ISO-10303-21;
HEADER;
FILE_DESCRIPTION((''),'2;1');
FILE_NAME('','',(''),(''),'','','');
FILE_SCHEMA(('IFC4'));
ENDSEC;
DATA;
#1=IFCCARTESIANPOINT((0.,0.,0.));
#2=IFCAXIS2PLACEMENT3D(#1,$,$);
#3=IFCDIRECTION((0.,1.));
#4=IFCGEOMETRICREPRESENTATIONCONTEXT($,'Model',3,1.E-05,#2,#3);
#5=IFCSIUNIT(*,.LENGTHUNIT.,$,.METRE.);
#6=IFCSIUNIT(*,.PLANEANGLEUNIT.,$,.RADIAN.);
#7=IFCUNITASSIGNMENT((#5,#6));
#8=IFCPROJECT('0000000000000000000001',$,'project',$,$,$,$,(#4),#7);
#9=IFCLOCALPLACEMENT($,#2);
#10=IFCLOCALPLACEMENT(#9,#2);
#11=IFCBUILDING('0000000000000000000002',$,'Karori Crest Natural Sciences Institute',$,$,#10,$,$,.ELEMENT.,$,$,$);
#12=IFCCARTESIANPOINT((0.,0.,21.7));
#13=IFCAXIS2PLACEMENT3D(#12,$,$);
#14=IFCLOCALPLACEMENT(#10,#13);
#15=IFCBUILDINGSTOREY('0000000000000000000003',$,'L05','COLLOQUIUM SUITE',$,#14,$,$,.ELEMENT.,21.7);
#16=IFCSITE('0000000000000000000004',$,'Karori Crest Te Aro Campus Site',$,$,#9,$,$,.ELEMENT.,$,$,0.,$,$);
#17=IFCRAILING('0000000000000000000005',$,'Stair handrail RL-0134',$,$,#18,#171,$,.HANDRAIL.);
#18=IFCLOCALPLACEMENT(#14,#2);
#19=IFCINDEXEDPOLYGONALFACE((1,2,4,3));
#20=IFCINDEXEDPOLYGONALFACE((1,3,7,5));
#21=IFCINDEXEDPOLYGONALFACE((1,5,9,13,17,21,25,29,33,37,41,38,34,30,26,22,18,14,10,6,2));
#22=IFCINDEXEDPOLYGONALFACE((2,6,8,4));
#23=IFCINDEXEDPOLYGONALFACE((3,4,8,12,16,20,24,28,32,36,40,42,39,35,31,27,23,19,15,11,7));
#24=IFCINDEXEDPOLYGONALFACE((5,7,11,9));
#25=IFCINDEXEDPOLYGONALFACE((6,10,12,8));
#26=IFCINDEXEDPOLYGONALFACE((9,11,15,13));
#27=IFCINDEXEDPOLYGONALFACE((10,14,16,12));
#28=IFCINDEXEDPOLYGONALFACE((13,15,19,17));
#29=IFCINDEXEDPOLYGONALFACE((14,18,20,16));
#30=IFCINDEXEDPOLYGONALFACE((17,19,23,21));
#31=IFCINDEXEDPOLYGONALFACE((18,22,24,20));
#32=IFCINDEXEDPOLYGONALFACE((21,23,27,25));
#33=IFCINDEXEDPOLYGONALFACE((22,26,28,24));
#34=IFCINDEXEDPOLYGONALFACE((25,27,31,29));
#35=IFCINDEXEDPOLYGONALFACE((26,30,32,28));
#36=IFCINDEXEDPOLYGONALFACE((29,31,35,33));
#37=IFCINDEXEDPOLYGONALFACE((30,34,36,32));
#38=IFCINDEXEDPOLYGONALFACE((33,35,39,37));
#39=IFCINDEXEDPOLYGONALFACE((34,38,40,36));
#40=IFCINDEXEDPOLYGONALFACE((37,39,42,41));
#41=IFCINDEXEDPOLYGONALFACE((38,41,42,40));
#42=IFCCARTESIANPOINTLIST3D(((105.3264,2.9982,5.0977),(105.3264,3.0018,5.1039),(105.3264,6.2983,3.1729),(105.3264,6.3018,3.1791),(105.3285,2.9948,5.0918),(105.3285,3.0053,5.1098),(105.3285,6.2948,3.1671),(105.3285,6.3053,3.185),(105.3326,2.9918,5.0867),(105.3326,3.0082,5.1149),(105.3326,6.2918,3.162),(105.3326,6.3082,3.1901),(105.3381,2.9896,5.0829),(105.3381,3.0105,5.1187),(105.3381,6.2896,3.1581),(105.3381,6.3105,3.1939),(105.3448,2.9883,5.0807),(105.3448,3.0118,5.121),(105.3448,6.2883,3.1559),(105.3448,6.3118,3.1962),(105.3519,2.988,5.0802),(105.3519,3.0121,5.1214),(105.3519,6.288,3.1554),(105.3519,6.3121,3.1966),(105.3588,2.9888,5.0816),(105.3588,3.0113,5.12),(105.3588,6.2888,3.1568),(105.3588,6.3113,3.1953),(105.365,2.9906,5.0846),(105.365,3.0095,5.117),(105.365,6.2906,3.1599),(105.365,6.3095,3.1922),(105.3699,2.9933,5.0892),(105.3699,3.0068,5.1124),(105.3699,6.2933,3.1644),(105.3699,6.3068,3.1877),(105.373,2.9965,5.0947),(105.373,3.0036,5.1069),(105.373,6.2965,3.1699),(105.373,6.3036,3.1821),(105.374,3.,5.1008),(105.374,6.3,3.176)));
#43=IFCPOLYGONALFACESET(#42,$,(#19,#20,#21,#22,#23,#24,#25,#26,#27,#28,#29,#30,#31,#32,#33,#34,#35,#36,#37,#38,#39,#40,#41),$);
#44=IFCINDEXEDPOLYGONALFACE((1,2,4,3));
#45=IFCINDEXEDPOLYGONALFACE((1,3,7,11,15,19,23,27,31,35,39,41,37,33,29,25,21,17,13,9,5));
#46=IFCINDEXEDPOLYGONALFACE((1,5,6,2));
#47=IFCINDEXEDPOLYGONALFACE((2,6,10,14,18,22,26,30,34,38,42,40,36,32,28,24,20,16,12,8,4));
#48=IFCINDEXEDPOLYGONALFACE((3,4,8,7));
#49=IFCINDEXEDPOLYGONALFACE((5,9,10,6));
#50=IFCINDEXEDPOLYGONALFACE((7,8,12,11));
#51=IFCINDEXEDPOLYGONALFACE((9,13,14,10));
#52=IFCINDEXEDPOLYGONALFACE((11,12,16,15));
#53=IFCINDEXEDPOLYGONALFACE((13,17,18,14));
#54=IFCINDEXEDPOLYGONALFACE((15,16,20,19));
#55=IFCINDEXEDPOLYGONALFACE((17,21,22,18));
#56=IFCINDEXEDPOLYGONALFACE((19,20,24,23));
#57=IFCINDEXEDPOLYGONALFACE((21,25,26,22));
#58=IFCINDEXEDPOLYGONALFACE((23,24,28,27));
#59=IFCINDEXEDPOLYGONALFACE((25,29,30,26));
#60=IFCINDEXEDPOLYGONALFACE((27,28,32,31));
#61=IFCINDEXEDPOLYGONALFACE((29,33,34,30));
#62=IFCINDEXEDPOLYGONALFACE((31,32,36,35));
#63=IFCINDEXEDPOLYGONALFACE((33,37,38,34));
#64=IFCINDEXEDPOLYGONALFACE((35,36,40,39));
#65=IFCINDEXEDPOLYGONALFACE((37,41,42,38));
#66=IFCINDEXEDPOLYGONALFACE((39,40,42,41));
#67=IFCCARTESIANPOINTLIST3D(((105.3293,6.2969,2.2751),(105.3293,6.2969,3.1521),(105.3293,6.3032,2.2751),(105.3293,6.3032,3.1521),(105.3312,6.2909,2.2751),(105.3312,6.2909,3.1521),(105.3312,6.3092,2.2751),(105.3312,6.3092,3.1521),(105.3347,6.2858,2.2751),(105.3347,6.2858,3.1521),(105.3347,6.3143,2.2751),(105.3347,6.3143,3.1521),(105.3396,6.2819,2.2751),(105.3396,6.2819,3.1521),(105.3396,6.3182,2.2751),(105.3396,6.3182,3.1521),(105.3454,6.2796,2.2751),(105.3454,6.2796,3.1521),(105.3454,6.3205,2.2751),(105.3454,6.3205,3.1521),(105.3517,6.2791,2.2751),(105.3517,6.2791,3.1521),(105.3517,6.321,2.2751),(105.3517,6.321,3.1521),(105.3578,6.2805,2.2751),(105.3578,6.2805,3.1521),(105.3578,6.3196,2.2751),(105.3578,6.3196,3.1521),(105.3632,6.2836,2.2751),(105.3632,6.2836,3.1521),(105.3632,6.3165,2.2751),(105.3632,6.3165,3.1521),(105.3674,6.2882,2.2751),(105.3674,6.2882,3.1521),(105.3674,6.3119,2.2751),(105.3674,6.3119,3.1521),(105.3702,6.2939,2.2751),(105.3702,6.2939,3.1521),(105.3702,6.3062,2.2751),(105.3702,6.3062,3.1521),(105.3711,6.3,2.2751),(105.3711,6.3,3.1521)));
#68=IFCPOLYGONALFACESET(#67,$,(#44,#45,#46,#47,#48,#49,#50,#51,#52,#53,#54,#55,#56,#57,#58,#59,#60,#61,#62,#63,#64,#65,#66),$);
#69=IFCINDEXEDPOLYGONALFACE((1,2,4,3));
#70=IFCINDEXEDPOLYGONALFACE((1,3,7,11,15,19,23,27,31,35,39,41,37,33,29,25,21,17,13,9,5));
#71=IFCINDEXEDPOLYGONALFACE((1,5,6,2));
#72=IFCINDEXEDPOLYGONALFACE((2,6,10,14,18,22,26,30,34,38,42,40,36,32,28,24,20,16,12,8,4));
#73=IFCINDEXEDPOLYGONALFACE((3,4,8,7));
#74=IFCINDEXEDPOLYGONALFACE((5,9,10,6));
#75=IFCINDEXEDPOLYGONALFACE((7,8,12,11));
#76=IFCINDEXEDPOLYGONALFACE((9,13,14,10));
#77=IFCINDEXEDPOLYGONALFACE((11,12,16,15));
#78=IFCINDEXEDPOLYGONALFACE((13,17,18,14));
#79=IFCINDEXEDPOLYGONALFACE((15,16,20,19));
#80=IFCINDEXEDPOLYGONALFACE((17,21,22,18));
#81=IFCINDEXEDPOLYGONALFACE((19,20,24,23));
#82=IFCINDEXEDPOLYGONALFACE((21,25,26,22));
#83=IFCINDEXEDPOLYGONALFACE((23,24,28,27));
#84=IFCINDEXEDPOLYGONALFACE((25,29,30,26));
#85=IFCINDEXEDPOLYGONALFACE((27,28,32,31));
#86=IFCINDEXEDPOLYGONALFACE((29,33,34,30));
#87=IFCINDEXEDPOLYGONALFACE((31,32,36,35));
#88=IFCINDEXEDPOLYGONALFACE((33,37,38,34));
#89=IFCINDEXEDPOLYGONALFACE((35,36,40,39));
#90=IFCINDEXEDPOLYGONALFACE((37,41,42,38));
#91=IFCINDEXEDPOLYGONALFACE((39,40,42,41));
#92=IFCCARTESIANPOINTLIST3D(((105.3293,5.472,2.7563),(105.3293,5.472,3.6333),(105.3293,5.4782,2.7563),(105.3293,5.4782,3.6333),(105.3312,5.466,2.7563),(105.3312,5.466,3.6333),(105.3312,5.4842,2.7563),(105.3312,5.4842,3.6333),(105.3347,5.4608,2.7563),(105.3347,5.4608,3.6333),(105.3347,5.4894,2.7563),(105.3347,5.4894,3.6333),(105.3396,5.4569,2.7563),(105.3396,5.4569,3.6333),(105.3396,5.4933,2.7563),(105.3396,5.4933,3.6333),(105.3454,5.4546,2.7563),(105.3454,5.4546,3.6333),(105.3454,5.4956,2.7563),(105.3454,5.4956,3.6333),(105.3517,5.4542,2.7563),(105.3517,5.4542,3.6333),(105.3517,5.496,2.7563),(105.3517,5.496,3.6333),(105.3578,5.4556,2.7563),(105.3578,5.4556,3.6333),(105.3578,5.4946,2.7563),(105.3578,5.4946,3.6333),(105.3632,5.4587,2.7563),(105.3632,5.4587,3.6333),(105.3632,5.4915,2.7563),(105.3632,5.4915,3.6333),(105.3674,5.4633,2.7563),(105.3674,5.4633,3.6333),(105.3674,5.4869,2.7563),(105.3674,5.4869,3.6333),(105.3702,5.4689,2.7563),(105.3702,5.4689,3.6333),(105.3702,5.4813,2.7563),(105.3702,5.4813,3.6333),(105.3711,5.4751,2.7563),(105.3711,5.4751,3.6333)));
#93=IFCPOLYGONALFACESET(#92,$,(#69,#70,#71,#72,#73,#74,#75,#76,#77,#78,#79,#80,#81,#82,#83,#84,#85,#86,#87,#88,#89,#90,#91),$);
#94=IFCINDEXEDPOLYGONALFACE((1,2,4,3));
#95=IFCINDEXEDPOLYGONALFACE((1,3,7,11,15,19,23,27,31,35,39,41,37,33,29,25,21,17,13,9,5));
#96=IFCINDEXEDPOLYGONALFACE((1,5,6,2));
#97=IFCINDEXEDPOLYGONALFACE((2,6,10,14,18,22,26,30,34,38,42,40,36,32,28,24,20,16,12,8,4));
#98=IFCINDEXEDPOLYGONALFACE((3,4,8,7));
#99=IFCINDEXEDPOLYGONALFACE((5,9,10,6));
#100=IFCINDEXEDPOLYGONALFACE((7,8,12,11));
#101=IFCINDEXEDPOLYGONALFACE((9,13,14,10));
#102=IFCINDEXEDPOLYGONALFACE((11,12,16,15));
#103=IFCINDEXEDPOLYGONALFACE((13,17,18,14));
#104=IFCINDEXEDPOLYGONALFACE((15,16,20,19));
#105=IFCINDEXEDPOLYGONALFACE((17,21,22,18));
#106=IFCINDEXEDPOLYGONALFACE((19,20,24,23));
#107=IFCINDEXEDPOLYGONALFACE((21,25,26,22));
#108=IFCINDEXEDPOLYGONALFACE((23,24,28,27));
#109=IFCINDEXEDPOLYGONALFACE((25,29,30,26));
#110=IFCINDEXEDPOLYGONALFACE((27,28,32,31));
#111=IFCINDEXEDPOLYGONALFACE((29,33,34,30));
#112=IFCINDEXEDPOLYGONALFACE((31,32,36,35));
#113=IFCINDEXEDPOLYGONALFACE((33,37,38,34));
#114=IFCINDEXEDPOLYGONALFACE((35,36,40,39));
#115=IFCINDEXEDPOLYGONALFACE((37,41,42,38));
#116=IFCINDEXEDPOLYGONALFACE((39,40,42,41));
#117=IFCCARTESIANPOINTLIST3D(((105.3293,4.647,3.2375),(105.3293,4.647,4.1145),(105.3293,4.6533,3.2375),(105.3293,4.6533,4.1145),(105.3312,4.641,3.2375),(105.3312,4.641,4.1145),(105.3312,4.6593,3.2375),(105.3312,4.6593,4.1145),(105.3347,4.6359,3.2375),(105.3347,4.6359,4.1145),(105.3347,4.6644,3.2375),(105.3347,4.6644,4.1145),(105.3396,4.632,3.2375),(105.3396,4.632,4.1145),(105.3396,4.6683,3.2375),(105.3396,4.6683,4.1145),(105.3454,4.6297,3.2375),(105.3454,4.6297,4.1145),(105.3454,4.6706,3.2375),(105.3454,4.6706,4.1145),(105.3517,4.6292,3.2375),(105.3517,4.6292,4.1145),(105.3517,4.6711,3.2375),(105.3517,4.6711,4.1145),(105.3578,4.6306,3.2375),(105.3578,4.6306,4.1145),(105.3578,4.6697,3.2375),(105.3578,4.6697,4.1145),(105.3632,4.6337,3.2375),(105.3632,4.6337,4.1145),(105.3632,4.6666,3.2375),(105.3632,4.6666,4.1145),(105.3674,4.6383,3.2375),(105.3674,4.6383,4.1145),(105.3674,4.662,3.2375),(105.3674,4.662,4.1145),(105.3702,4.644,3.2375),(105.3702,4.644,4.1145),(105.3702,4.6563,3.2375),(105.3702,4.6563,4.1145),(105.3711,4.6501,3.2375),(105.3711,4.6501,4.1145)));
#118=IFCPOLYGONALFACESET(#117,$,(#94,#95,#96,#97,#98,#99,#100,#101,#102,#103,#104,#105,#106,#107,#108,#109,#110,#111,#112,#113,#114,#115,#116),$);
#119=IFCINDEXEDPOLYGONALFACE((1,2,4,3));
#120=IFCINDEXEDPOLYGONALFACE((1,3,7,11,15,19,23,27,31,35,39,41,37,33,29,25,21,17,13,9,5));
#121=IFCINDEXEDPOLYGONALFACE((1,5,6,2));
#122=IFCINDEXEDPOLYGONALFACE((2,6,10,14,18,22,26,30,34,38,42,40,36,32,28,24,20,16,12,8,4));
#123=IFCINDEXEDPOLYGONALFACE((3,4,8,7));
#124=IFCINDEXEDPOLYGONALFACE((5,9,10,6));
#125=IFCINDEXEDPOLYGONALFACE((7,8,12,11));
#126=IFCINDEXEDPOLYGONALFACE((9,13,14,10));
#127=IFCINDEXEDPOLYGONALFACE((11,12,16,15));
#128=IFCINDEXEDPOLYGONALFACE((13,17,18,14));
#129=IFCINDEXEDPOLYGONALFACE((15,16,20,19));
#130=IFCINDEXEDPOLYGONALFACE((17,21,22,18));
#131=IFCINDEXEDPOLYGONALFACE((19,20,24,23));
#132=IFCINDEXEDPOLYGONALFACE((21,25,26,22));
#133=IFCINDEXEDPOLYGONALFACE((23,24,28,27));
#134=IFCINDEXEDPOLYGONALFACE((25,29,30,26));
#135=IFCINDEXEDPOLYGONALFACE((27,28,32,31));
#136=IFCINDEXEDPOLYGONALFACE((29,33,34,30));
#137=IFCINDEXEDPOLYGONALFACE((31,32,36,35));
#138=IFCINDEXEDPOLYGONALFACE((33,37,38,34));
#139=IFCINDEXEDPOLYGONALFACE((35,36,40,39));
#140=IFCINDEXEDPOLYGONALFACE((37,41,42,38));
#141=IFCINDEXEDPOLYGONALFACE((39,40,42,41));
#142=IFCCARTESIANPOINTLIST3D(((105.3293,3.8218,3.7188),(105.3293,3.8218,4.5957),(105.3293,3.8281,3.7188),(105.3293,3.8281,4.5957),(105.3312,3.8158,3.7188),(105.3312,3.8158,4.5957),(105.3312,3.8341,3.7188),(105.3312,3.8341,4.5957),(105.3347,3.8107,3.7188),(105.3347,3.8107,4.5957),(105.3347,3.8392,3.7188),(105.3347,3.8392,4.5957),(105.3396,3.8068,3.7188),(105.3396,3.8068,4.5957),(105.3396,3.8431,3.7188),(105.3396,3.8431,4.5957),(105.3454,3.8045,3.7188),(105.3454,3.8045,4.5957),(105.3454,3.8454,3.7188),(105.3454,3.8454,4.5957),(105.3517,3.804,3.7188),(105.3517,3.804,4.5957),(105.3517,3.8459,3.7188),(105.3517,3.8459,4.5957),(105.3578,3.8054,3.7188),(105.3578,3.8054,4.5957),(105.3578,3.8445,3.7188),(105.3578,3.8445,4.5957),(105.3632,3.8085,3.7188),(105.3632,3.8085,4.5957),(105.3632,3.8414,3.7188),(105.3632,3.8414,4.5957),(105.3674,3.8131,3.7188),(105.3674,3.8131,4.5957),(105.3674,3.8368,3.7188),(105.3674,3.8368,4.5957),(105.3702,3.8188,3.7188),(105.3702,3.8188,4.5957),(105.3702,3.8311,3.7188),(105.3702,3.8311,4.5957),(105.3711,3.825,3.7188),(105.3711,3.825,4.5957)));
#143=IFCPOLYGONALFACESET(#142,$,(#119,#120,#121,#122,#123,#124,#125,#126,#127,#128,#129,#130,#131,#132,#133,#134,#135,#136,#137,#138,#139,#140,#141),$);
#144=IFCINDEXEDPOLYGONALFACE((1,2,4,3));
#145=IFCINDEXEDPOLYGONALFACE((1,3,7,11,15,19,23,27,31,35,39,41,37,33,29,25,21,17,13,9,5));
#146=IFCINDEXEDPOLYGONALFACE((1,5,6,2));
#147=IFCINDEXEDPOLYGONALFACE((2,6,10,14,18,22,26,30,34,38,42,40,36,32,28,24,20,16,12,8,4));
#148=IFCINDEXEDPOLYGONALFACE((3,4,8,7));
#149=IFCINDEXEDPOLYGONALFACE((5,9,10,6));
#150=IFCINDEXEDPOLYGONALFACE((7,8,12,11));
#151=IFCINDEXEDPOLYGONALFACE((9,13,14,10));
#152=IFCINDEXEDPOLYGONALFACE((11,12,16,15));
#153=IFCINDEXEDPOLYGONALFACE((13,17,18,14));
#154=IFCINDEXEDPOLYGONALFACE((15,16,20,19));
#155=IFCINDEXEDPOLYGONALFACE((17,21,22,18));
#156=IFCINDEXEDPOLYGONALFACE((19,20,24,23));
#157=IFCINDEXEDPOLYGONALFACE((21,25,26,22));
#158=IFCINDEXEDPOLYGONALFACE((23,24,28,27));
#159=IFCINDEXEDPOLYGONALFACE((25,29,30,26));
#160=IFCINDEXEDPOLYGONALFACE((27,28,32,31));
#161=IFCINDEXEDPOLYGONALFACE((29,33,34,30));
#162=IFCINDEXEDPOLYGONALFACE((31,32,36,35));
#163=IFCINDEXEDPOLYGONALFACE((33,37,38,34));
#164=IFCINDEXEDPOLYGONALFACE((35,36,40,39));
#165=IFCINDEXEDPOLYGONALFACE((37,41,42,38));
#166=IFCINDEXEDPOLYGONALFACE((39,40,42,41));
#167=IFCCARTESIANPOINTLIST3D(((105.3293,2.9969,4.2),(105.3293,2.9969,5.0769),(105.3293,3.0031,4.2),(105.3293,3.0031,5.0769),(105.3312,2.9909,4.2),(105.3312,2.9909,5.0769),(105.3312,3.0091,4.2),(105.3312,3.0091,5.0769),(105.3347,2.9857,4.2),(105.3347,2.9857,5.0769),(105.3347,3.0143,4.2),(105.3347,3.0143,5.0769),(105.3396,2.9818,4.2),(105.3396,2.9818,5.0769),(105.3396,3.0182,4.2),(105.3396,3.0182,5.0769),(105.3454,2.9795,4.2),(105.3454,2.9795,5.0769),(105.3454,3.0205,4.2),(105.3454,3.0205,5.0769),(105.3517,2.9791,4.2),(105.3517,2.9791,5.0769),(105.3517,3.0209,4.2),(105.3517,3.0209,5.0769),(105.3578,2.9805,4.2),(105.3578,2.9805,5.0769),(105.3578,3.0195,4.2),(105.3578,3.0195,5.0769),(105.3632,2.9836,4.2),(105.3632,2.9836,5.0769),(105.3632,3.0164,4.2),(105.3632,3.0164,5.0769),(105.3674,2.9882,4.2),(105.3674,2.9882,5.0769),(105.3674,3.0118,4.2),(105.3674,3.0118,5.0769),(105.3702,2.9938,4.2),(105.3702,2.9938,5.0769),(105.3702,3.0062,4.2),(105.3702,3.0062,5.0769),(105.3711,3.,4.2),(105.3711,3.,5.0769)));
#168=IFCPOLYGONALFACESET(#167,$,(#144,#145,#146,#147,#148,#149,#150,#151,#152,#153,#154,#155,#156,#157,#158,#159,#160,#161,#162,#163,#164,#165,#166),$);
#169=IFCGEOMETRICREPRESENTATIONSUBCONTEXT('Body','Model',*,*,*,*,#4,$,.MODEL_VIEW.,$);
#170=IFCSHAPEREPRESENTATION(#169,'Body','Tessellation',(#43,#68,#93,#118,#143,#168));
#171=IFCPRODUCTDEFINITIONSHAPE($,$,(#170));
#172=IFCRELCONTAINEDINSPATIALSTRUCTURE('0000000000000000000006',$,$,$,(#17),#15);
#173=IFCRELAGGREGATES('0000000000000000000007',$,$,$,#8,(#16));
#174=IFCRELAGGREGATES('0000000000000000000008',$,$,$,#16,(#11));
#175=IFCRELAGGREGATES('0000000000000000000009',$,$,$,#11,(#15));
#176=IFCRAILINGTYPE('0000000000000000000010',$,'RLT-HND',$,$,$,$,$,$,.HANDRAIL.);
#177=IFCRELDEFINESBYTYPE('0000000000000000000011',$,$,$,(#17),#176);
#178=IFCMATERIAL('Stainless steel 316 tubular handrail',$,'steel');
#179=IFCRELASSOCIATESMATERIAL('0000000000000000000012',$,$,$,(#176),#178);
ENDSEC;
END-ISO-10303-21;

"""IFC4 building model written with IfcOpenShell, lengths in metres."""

from ifc_helpers import new_model, si_unit, direction, frame, origin, origin_2d, place, context, subcontext, project, spatial, circle, extrude, material, type_object, element, save


model = new_model("IFC4")

# Units and contexts
model_context = context("Model", 3, precision=1e-05, world=origin(), true_north=direction((0.0, 1.0)))
body_context = subcontext(model_context, "Body", "Model", "MODEL_VIEW")
ifc_project = project(units=[si_unit("LENGTHUNIT", "METRE"), si_unit("PLANEANGLEUNIT", "RADIAN")], contexts=[model_context])

# Site, building, storey
site_placement = place(None, origin())
site = spatial("IfcSite", under=ifc_project, at=site_placement, Name="Karori Crest Te Aro Campus Site", CompositionType="ELEMENT", RefElevation=0.0)
building_placement = place(site_placement, origin())
building = spatial("IfcBuilding", under=site, at=building_placement, Name="Karori Crest Natural Sciences Institute", CompositionType="ELEMENT")
storey_placement = place(building_placement, frame((0.0, 0.0, 21.7)))
storey = spatial("IfcBuildingStorey", under=building, at=storey_placement, Name="L05", Description="COLLOQUIUM SUITE", CompositionType="ELEMENT", Elevation=21.7)

# Railing
ifc_material_1 = material(Name="Stainless steel 316 tubular handrail", Category="steel")
railing_type_1 = type_object("IfcRailingType", Name="RLT-HND", PredefinedType="HANDRAIL", material=ifc_material_1)
railing_1_placement = place(storey_placement, frame((105.3501, 6.3, 2.2751)))
element("IfcRailing", 1, at=railing_1_placement, inside=storey, type_object=railing_type_1, Name="Stair handrail RL-0134", PredefinedType="HANDRAIL", context=body_context, shape_type="SweptSolid", body=[
    extrude(circle(Radius=0.0239, at=origin_2d()), frame((0.0, 0.0, 0.9009), z_axis=(0.0, -0.863804, 0.503827), x_axis=(1.0, 0.0, 0.0)), (0.0, 0.0, 1.0), 3.8203),
    extrude(circle(Radius=0.021, at=origin_2d()), origin(), (0.0, 0.0, 1.0), 0.877),
    extrude(circle(Radius=0.021, at=origin_2d()), frame((0.0, -0.825, 0.4812)), (0.0, 0.0, 1.0), 0.877),
    extrude(circle(Radius=0.021, at=origin_2d()), frame((0.0, -1.6499, 0.9624)), (0.0, 0.0, 1.0), 0.877),
    extrude(circle(Radius=0.021, at=origin_2d()), frame((0.0, -2.4751, 1.4436)), (0.0, 0.0, 1.0), 0.877),
    extrude(circle(Radius=0.021, at=origin_2d()), frame((0.0, -3.3, 1.9248)), (0.0, 0.0, 1.0), 0.877),
])

save(model, "model.ifc")
